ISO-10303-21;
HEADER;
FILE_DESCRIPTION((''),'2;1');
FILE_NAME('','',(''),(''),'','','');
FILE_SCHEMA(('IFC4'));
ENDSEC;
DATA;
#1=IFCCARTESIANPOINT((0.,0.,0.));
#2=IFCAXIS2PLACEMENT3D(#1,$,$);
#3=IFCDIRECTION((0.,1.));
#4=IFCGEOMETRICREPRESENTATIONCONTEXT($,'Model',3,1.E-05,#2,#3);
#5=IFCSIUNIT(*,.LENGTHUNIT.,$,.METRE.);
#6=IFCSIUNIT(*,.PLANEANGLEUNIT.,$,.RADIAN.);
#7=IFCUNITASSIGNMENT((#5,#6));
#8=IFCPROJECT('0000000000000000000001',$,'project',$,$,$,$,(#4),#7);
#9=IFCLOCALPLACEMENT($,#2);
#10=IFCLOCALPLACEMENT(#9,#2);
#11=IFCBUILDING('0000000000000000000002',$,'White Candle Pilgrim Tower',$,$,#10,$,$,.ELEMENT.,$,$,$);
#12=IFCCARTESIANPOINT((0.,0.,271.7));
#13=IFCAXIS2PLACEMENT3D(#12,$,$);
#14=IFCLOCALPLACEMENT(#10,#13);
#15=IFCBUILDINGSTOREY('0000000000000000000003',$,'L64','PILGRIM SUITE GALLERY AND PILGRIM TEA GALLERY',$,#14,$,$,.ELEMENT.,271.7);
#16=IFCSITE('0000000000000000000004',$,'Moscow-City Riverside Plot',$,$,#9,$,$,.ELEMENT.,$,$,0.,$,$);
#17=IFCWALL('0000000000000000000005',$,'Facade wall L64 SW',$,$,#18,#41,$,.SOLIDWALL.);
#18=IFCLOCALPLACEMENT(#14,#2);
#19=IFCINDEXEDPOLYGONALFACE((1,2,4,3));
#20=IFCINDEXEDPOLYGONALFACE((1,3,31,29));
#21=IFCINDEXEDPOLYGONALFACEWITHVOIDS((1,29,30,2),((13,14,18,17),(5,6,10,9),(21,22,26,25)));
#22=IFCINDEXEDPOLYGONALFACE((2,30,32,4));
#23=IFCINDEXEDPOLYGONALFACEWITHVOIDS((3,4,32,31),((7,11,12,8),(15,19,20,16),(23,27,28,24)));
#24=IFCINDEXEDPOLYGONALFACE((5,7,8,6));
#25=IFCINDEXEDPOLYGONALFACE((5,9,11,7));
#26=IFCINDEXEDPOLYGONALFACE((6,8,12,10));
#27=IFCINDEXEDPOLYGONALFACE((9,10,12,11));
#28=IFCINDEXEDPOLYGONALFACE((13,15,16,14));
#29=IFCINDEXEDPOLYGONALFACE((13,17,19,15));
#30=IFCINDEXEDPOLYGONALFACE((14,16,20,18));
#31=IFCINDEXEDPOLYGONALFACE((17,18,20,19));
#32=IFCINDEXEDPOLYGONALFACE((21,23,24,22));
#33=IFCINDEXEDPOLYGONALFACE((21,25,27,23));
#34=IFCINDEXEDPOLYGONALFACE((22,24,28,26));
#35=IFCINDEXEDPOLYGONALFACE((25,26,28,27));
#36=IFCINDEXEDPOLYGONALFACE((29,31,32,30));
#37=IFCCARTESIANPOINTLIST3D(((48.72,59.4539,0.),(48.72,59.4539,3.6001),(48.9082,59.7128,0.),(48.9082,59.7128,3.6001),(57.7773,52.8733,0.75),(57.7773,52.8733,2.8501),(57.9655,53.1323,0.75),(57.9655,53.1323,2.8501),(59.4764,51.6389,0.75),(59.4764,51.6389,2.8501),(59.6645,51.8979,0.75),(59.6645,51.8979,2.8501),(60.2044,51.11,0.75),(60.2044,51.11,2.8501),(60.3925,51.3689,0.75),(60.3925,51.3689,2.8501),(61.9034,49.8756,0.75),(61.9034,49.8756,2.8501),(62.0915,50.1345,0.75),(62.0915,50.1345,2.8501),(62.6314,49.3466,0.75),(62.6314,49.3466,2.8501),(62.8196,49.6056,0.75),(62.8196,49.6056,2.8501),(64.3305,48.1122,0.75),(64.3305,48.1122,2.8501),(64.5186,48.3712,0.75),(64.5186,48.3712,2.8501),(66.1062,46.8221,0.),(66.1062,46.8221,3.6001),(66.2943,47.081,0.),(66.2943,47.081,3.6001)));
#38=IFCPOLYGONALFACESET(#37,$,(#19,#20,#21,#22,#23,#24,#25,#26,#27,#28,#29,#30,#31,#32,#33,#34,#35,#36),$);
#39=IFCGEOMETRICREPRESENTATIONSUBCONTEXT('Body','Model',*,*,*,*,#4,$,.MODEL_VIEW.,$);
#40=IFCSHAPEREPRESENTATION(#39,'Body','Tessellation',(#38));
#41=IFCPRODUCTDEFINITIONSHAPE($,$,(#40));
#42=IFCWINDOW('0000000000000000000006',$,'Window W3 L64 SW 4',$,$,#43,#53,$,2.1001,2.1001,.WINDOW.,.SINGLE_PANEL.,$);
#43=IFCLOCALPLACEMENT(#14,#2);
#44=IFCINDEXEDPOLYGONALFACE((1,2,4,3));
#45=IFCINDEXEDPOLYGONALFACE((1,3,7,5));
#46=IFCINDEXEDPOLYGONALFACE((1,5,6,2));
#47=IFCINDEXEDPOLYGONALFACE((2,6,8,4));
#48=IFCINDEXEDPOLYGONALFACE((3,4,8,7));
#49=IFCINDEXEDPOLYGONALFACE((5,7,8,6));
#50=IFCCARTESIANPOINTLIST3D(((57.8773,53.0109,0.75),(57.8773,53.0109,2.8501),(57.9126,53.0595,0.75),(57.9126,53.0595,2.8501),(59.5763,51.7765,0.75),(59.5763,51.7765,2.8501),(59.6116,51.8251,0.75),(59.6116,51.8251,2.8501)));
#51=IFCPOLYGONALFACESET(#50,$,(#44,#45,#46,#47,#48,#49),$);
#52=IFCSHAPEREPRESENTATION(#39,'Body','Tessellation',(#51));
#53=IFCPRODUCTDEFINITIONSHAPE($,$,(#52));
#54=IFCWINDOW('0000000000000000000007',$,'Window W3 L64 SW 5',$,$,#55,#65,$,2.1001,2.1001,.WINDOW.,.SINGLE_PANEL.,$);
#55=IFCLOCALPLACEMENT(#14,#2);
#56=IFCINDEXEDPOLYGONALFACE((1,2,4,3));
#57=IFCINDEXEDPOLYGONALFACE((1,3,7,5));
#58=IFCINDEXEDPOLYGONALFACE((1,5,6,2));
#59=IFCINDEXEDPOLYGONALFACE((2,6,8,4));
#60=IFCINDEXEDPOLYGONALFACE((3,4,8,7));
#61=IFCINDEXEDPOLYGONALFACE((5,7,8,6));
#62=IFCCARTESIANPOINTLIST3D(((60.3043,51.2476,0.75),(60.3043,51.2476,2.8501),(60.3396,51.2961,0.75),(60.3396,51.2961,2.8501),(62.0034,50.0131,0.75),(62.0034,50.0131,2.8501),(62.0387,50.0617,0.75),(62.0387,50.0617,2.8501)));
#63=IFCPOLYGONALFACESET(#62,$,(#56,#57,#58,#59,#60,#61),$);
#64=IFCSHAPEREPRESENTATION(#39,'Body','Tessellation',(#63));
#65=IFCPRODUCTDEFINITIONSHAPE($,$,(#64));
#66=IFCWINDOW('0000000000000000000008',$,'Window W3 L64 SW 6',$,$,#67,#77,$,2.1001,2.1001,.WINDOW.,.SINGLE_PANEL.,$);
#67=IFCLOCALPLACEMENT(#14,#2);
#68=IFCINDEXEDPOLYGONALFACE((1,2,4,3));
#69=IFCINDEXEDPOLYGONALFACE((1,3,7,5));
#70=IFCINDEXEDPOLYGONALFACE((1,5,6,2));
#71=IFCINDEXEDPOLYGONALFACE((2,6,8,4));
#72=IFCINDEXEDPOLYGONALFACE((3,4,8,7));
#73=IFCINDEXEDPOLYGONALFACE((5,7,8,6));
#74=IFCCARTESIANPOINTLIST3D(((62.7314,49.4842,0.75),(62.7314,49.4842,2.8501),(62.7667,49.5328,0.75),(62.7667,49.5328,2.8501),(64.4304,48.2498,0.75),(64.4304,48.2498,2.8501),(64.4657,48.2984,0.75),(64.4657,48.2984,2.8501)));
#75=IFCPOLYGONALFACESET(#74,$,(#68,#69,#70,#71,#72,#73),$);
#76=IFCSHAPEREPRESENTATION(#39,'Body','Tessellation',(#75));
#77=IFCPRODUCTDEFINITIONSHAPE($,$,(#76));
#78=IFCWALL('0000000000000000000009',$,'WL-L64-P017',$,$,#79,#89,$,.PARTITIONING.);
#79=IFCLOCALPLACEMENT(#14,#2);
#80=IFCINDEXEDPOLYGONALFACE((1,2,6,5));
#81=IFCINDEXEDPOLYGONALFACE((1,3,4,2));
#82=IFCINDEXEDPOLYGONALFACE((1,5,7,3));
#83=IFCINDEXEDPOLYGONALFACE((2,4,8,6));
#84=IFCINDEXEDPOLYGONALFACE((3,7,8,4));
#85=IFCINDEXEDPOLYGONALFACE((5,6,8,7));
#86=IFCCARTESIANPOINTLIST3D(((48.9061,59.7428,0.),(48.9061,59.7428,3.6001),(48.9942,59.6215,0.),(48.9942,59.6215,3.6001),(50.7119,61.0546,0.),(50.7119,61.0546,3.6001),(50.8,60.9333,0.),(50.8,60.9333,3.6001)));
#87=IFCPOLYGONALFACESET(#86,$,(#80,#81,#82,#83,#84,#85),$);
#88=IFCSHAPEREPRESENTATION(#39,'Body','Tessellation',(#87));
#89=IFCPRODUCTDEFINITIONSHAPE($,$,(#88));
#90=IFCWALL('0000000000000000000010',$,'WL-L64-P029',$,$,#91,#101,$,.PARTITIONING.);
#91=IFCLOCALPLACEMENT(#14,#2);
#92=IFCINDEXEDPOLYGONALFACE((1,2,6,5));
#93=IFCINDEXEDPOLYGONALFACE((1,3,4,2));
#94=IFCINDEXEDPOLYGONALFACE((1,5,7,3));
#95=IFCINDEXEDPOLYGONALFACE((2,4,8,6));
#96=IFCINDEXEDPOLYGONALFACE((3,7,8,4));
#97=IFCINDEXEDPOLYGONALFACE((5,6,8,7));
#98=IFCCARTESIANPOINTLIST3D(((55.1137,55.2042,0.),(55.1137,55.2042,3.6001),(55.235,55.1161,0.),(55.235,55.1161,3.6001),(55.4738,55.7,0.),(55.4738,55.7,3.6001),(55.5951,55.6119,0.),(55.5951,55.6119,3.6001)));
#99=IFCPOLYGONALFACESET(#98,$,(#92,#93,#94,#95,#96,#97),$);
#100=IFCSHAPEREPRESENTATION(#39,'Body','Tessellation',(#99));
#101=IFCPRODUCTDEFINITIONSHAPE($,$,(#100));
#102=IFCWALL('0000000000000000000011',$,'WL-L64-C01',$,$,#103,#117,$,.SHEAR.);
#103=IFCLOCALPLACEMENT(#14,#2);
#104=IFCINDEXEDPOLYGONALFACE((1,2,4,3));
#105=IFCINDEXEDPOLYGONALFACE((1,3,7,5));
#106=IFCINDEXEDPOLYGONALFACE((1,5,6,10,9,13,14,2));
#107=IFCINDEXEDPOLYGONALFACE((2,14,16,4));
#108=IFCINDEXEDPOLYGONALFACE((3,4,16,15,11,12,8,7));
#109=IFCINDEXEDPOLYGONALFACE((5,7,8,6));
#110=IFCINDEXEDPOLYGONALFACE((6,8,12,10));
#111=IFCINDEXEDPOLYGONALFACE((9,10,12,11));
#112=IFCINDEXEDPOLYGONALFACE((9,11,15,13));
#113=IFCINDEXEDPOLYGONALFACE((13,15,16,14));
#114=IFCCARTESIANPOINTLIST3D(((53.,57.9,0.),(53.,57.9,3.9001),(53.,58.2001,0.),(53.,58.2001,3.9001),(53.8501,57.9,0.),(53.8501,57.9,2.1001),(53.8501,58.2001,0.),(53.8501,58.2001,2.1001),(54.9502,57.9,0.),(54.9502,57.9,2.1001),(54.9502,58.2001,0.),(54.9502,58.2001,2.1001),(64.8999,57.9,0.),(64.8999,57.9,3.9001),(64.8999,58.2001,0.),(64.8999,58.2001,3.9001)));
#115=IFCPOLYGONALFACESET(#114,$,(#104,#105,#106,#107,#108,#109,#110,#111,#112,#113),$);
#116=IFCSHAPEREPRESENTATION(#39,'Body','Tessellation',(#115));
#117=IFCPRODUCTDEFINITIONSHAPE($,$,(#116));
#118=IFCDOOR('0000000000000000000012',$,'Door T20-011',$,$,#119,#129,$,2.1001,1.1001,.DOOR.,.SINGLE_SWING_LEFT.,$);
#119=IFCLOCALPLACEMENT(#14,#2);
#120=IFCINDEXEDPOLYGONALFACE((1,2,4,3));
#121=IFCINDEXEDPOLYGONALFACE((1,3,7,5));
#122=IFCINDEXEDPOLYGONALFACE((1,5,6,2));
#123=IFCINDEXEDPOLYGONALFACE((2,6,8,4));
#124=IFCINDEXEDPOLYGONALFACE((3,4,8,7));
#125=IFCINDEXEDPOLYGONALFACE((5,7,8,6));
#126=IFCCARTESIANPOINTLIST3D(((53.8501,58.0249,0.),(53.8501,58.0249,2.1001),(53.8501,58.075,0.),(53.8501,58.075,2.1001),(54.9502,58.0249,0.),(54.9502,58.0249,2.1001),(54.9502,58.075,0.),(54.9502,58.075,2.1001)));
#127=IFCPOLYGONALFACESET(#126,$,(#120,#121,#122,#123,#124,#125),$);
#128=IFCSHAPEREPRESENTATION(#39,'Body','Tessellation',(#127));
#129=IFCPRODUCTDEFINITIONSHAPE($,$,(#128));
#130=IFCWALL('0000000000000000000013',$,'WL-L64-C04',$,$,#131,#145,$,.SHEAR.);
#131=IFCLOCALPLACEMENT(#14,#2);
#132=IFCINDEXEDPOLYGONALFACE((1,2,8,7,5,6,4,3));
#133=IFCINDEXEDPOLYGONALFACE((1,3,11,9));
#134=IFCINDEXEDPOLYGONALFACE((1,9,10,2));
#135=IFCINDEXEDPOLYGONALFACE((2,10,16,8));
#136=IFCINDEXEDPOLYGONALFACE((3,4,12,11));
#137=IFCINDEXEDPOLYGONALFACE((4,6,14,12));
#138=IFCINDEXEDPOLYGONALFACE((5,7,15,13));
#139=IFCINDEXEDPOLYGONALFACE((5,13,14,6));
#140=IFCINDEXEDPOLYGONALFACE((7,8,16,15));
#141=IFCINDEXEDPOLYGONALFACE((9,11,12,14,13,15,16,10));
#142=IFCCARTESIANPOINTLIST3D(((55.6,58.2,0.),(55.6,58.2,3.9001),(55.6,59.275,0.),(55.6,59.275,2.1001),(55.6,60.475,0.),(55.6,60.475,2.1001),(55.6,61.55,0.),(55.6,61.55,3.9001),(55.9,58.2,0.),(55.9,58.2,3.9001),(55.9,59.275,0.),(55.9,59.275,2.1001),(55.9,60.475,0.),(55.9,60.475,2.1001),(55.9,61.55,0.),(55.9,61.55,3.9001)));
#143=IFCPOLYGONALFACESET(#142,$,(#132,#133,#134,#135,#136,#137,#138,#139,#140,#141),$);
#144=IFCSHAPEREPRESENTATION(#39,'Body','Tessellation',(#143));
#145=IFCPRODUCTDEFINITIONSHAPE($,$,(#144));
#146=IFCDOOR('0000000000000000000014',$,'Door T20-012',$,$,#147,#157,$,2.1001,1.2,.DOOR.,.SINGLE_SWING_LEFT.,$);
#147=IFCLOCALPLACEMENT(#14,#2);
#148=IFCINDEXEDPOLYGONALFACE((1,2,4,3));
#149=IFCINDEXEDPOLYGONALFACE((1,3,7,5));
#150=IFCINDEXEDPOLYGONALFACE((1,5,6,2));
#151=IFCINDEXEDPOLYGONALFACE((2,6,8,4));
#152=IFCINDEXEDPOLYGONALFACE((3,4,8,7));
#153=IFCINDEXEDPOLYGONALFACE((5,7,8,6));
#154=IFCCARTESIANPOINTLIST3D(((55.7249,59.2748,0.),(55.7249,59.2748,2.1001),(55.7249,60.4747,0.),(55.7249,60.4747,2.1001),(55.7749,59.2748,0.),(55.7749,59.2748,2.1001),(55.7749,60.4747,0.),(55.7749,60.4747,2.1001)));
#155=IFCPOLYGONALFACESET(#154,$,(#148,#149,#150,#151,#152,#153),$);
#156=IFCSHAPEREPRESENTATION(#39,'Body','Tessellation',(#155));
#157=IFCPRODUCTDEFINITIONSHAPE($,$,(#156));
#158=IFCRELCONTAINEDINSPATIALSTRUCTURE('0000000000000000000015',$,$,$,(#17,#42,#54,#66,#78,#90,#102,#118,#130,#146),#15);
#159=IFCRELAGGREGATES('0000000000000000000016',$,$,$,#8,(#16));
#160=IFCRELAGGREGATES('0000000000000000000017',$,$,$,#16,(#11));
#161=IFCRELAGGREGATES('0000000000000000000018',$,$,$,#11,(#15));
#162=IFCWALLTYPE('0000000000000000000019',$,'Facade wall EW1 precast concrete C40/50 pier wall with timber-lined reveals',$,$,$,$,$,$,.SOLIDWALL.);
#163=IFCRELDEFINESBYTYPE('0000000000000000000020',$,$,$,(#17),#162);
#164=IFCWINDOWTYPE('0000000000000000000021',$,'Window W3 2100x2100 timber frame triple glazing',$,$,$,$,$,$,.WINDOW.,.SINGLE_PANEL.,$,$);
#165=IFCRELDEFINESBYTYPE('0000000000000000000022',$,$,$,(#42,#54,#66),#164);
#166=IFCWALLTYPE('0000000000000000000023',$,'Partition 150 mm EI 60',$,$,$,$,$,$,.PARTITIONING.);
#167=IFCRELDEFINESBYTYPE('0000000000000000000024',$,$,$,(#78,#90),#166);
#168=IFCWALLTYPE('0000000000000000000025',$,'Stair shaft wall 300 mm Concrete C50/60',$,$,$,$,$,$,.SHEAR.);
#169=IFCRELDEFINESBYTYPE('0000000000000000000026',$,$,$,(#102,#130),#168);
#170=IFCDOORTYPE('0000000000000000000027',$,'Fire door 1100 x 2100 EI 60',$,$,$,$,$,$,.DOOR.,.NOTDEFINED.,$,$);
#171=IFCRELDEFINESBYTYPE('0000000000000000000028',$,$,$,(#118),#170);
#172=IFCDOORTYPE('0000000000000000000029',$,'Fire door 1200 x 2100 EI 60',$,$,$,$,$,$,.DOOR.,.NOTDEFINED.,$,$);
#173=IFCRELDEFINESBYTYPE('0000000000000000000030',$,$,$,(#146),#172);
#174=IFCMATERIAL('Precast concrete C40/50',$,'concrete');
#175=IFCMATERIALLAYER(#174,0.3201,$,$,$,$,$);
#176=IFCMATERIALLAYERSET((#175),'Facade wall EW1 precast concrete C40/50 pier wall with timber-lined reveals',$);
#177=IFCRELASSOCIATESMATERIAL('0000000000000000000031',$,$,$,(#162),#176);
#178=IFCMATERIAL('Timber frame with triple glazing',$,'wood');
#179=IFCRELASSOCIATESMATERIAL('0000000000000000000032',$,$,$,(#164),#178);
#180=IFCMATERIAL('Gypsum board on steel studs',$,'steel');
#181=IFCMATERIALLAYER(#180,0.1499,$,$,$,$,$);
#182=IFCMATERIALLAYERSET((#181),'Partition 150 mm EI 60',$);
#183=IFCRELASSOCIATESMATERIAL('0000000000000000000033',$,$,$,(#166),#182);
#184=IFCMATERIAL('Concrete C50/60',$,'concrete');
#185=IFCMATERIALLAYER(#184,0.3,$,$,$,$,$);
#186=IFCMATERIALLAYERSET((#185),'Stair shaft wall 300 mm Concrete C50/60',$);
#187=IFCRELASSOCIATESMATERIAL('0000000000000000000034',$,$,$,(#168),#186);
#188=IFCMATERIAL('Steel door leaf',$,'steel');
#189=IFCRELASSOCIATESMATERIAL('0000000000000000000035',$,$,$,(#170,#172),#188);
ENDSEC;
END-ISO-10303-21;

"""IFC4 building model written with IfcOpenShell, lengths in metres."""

from ifc_helpers import new_model, si_unit, direction, frame, frame_2d, origin, place, context, subcontext, project, spatial, rectangle, extrude, material, layer, layer_set, type_object, element, fill, save


model = new_model("IFC4")

# Units and contexts
model_context = context("Model", 3, precision=1e-05, world=origin(), true_north=direction((0.0, 1.0)))
body_context = subcontext(model_context, "Body", "Model", "MODEL_VIEW")
ifc_project = project(units=[si_unit("LENGTHUNIT", "METRE"), si_unit("PLANEANGLEUNIT", "RADIAN")], contexts=[model_context])

# Site, building, storey
site_placement = place(None, origin())
site = spatial("IfcSite", under=ifc_project, at=site_placement, Name="Moscow-City Riverside Plot", CompositionType="ELEMENT", RefElevation=0.0)
building_placement = place(site_placement, origin())
building = spatial("IfcBuilding", under=site, at=building_placement, Name="White Candle Pilgrim Tower", CompositionType="ELEMENT")
storey_placement = place(building_placement, frame((0.0, 0.0, 271.7)))
storey = spatial("IfcBuildingStorey", under=building, at=storey_placement, Name="L64", Description="PILGRIM SUITE GALLERY AND PILGRIM TEA GALLERY", CompositionType="ELEMENT", Elevation=271.7)

# Shared definitions
ifc_material_1 = material(Name="Concrete C50/60", Category="concrete")

# Shared definitions
ifc_material_2 = material(Name="Gypsum board on steel studs", Category="steel")
ifc_material_3 = material(Name="Steel door leaf", Category="steel")

# Wall, openings, windows
ifc_material_4 = material(Name="Precast concrete C40/50", Category="concrete")
ifc_layer_1 = layer(ifc_material_4, 0.3201)
ifc_layer_set_1 = layer_set([ifc_layer_1], Name="Facade wall EW1 precast concrete C40/50 pier wall with timber-lined reveals")
wall_type_1 = type_object("IfcWallType", Name="Facade wall EW1 precast concrete C40/50 pier wall with timber-lined reveals", PredefinedType="SOLIDWALL", material=ifc_layer_set_1)
wall_1_placement = place(storey_placement, frame((48.8142, 59.5833, 0.0), z_axis=(0.0, 0.0, 1.0), x_axis=(0.809017, -0.587785, 0.0)))
wall_1 = element("IfcWall", 1, at=wall_1_placement, inside=storey, type_object=wall_type_1, Name="Facade wall L64 SW", PredefinedType="SOLIDWALL", context=body_context, shape_type="SweptSolid", body=[
    extrude(rectangle(XDim=21.4905, YDim=0.3201, at=frame_2d((10.7451, 0.0))), origin(), (0.0, 0.0, 1.0), 3.6001),
])
opening_1_placement = place(wall_1_placement, frame((11.1953, 0.0, 0.75)))
opening_1 = element("IfcOpeningElement", 2, at=opening_1_placement, cuts=wall_1, PredefinedType="OPENING", context=body_context, shape_type="SweptSolid", body=[
    extrude(rectangle(XDim=2.1001, YDim=2.1001, at=frame_2d((1.05, 1.05))), frame((0.0, 0.1699, 0.0), z_axis=(0.0, -1.0, 0.0), x_axis=(1.0, 0.0, 0.0)), (0.0, 0.0, 1.0), 0.3401),
])
opening_2_placement = place(wall_1_placement, frame((14.1953, 0.0, 0.75)))
opening_2 = element("IfcOpeningElement", 3, at=opening_2_placement, cuts=wall_1, PredefinedType="OPENING", context=body_context, shape_type="SweptSolid", body=[
    extrude(rectangle(XDim=2.1001, YDim=2.1001, at=frame_2d((1.05, 1.05))), frame((0.0, 0.1699, 0.0), z_axis=(0.0, -1.0, 0.0), x_axis=(1.0, 0.0, 0.0)), (0.0, 0.0, 1.0), 0.3401),
])
opening_3_placement = place(wall_1_placement, frame((17.1953, 0.0, 0.75)))
opening_3 = element("IfcOpeningElement", 4, at=opening_3_placement, cuts=wall_1, PredefinedType="OPENING", context=body_context, shape_type="SweptSolid", body=[
    extrude(rectangle(XDim=2.1001, YDim=2.1001, at=frame_2d((1.05, 1.05))), frame((0.0, 0.1699, 0.0), z_axis=(0.0, -1.0, 0.0), x_axis=(1.0, 0.0, 0.0)), (0.0, 0.0, 1.0), 0.3401),
])
ifc_material_5 = material(Name="Timber frame with triple glazing", Category="wood")
window_type = type_object("IfcWindowType", Name="Window W3 2100x2100 timber frame triple glazing", PartitioningType="SINGLE_PANEL", PredefinedType="WINDOW", material=ifc_material_5)
window_1_placement = place(opening_1_placement, origin())
window_1 = element("IfcWindow", 5, at=window_1_placement, inside=storey, type_object=window_type, Name="Window W3 L64 SW 4", OverallHeight=2.1001, OverallWidth=2.1001, PartitioningType="SINGLE_PANEL", PredefinedType="WINDOW", context=body_context, shape_type="SweptSolid", body=[
    extrude(rectangle(XDim=2.1001, YDim=2.1001, at=frame_2d((1.05, 1.05))), frame((0.0, 0.0701, 0.0), z_axis=(0.0, -1.0, 0.0), x_axis=(1.0, 0.0, 0.0)), (0.0, 0.0, 1.0), 0.0601),
])
fill(opening_1, window_1)
window_2_placement = place(opening_2_placement, origin())
window_2 = element("IfcWindow", 6, at=window_2_placement, inside=storey, type_object=window_type, Name="Window W3 L64 SW 5", OverallHeight=2.1001, OverallWidth=2.1001, PartitioningType="SINGLE_PANEL", PredefinedType="WINDOW", context=body_context, shape_type="SweptSolid", body=[
    extrude(rectangle(XDim=2.1001, YDim=2.1001, at=frame_2d((1.05, 1.05))), frame((0.0, 0.0701, 0.0), z_axis=(0.0, -1.0, 0.0), x_axis=(1.0, 0.0, 0.0)), (0.0, 0.0, 1.0), 0.0601),
])
fill(opening_2, window_2)
window_3_placement = place(opening_3_placement, origin())
window_3 = element("IfcWindow", 7, at=window_3_placement, inside=storey, type_object=window_type, Name="Window W3 L64 SW 6", OverallHeight=2.1001, OverallWidth=2.1001, PartitioningType="SINGLE_PANEL", PredefinedType="WINDOW", context=body_context, shape_type="SweptSolid", body=[
    extrude(rectangle(XDim=2.1001, YDim=2.1001, at=frame_2d((1.05, 1.05))), frame((0.0, 0.0701, 0.0), z_axis=(0.0, -1.0, 0.0), x_axis=(1.0, 0.0, 0.0)), (0.0, 0.0, 1.0), 0.0601),
])
fill(opening_3, window_3)

# Walls
ifc_layer_2 = layer(ifc_material_2, 0.1499)
ifc_layer_set_2 = layer_set([ifc_layer_2], Name="Partition 150 mm EI 60")
wall_type_2 = type_object("IfcWallType", Name="Partition 150 mm EI 60", PredefinedType="PARTITIONING", material=ifc_layer_set_2)
wall_2_placement = place(storey_placement, frame((48.9502, 59.6821, 0.0), z_axis=(0.0, 0.0, 1.0), x_axis=(0.809043, 0.587749, 0.0)))
element("IfcWall", 8, at=wall_2_placement, inside=storey, type_object=wall_type_2, Name="WL-L64-P017", PredefinedType="PARTITIONING", context=body_context, shape_type="SweptSolid", body=[
    extrude(rectangle(XDim=2.2319, YDim=0.1499, at=frame_2d((1.116, 0.0))), origin(), (0.0, 0.0, 1.0), 3.6001),
])
wall_3_placement = place(storey_placement, frame((55.1743, 55.1602, 0.0), z_axis=(0.0, 0.0, 1.0), x_axis=(0.587627, 0.809132, 0.0)))
element("IfcWall", 9, at=wall_3_placement, inside=storey, type_object=wall_type_2, Name="WL-L64-P029", PredefinedType="PARTITIONING", context=body_context, shape_type="SweptSolid", body=[
    extrude(rectangle(XDim=0.6128, YDim=0.1499, at=frame_2d((0.3064, 0.0))), origin(), (0.0, 0.0, 1.0), 3.6001),
])

# Walls, openings, doors
ifc_layer_3 = layer(ifc_material_1, 0.3)
ifc_layer_set_3 = layer_set([ifc_layer_3], Name="Stair shaft wall 300 mm Concrete C50/60")
wall_type_3 = type_object("IfcWallType", Name="Stair shaft wall 300 mm Concrete C50/60", PredefinedType="SHEAR", material=ifc_layer_set_3)
wall_4_placement = place(storey_placement, frame((53.0, 58.05, 0.0), z_axis=(0.0, 0.0, 1.0), x_axis=(1.0, 0.0, 0.0)))
wall_4 = element("IfcWall", 10, at=wall_4_placement, inside=storey, type_object=wall_type_3, Name="WL-L64-C01", PredefinedType="SHEAR", context=body_context, shape_type="SweptSolid", body=[
    extrude(rectangle(XDim=11.8999, YDim=0.3, at=frame_2d((5.95, 0.0))), origin(), (0.0, 0.0, 1.0), 3.9001),
])
opening_4_placement = place(wall_4_placement, frame((0.8501, 0.0, 0.0)))
opening_4 = element("IfcOpeningElement", 11, at=opening_4_placement, cuts=wall_4, PredefinedType="OPENING", context=body_context, shape_type="SweptSolid", body=[
    extrude(rectangle(XDim=1.1001, YDim=2.1001, at=frame_2d((0.55, 1.05))), frame((0.0, 0.1599, 0.0), z_axis=(0.0, -1.0, 0.0), x_axis=(1.0, 0.0, 0.0)), (0.0, 0.0, 1.0), 0.3201),
])
door_type_1 = type_object("IfcDoorType", Name="Fire door 1100 x 2100 EI 60", OperationType="NOTDEFINED", PredefinedType="DOOR", material=ifc_material_3)
door_1_placement = place(opening_4_placement, origin())
door_1 = element("IfcDoor", 12, at=door_1_placement, inside=storey, type_object=door_type_1, Name="Door T20-011", OperationType="SINGLE_SWING_LEFT", OverallHeight=2.1001, OverallWidth=1.1001, PredefinedType="DOOR", context=body_context, shape_type="SweptSolid", body=[
    extrude(rectangle(XDim=1.1001, YDim=2.1001, at=frame_2d((0.55, 1.05))), frame((0.0, 0.0249, 0.0), z_axis=(0.0, -1.0, 0.0), x_axis=(1.0, 0.0, 0.0)), (0.0, 0.0, 1.0), 0.05),
])
fill(opening_4, door_1)
wall_5_placement = place(storey_placement, frame((55.75, 58.2, 0.0), z_axis=(0.0, 0.0, 1.0), x_axis=(0.0, 1.0, 0.0)))
wall_5 = element("IfcWall", 13, at=wall_5_placement, inside=storey, type_object=wall_type_3, Name="WL-L64-C04", PredefinedType="SHEAR", context=body_context, shape_type="SweptSolid", body=[
    extrude(rectangle(XDim=3.3501, YDim=0.3, at=frame_2d((1.675, 0.0))), origin(), (0.0, 0.0, 1.0), 3.9001),
])
opening_5_placement = place(wall_5_placement, frame((1.075, 0.0, 0.0)))
opening_5 = element("IfcOpeningElement", 14, at=opening_5_placement, cuts=wall_5, PredefinedType="OPENING", context=body_context, shape_type="SweptSolid", body=[
    extrude(rectangle(XDim=1.2, YDim=2.1001, at=frame_2d((0.6001, 1.05))), frame((0.0, 0.1599, 0.0), z_axis=(0.0, -1.0, 0.0), x_axis=(1.0, 0.0, 0.0)), (0.0, 0.0, 1.0), 0.3201),
])
door_type_2 = type_object("IfcDoorType", Name="Fire door 1200 x 2100 EI 60", OperationType="NOTDEFINED", PredefinedType="DOOR", material=ifc_material_3)
door_2_placement = place(opening_5_placement, frame((1.2, 0.0, 0.0), z_axis=(0.0, 0.0, 1.0), x_axis=(-1.0, 0.0, 0.0)))
door_2 = element("IfcDoor", 15, at=door_2_placement, inside=storey, type_object=door_type_2, Name="Door T20-012", OperationType="SINGLE_SWING_LEFT", OverallHeight=2.1001, OverallWidth=1.2, PredefinedType="DOOR", context=body_context, shape_type="SweptSolid", body=[
    extrude(rectangle(XDim=1.2, YDim=2.1001, at=frame_2d((0.6001, 1.05))), frame((0.0, 0.0249, 0.0), z_axis=(0.0, -1.0, 0.0), x_axis=(1.0, 0.0, 0.0)), (0.0, 0.0, 1.0), 0.05),
])
fill(opening_5, door_2)

save(model, "model.ifc")
